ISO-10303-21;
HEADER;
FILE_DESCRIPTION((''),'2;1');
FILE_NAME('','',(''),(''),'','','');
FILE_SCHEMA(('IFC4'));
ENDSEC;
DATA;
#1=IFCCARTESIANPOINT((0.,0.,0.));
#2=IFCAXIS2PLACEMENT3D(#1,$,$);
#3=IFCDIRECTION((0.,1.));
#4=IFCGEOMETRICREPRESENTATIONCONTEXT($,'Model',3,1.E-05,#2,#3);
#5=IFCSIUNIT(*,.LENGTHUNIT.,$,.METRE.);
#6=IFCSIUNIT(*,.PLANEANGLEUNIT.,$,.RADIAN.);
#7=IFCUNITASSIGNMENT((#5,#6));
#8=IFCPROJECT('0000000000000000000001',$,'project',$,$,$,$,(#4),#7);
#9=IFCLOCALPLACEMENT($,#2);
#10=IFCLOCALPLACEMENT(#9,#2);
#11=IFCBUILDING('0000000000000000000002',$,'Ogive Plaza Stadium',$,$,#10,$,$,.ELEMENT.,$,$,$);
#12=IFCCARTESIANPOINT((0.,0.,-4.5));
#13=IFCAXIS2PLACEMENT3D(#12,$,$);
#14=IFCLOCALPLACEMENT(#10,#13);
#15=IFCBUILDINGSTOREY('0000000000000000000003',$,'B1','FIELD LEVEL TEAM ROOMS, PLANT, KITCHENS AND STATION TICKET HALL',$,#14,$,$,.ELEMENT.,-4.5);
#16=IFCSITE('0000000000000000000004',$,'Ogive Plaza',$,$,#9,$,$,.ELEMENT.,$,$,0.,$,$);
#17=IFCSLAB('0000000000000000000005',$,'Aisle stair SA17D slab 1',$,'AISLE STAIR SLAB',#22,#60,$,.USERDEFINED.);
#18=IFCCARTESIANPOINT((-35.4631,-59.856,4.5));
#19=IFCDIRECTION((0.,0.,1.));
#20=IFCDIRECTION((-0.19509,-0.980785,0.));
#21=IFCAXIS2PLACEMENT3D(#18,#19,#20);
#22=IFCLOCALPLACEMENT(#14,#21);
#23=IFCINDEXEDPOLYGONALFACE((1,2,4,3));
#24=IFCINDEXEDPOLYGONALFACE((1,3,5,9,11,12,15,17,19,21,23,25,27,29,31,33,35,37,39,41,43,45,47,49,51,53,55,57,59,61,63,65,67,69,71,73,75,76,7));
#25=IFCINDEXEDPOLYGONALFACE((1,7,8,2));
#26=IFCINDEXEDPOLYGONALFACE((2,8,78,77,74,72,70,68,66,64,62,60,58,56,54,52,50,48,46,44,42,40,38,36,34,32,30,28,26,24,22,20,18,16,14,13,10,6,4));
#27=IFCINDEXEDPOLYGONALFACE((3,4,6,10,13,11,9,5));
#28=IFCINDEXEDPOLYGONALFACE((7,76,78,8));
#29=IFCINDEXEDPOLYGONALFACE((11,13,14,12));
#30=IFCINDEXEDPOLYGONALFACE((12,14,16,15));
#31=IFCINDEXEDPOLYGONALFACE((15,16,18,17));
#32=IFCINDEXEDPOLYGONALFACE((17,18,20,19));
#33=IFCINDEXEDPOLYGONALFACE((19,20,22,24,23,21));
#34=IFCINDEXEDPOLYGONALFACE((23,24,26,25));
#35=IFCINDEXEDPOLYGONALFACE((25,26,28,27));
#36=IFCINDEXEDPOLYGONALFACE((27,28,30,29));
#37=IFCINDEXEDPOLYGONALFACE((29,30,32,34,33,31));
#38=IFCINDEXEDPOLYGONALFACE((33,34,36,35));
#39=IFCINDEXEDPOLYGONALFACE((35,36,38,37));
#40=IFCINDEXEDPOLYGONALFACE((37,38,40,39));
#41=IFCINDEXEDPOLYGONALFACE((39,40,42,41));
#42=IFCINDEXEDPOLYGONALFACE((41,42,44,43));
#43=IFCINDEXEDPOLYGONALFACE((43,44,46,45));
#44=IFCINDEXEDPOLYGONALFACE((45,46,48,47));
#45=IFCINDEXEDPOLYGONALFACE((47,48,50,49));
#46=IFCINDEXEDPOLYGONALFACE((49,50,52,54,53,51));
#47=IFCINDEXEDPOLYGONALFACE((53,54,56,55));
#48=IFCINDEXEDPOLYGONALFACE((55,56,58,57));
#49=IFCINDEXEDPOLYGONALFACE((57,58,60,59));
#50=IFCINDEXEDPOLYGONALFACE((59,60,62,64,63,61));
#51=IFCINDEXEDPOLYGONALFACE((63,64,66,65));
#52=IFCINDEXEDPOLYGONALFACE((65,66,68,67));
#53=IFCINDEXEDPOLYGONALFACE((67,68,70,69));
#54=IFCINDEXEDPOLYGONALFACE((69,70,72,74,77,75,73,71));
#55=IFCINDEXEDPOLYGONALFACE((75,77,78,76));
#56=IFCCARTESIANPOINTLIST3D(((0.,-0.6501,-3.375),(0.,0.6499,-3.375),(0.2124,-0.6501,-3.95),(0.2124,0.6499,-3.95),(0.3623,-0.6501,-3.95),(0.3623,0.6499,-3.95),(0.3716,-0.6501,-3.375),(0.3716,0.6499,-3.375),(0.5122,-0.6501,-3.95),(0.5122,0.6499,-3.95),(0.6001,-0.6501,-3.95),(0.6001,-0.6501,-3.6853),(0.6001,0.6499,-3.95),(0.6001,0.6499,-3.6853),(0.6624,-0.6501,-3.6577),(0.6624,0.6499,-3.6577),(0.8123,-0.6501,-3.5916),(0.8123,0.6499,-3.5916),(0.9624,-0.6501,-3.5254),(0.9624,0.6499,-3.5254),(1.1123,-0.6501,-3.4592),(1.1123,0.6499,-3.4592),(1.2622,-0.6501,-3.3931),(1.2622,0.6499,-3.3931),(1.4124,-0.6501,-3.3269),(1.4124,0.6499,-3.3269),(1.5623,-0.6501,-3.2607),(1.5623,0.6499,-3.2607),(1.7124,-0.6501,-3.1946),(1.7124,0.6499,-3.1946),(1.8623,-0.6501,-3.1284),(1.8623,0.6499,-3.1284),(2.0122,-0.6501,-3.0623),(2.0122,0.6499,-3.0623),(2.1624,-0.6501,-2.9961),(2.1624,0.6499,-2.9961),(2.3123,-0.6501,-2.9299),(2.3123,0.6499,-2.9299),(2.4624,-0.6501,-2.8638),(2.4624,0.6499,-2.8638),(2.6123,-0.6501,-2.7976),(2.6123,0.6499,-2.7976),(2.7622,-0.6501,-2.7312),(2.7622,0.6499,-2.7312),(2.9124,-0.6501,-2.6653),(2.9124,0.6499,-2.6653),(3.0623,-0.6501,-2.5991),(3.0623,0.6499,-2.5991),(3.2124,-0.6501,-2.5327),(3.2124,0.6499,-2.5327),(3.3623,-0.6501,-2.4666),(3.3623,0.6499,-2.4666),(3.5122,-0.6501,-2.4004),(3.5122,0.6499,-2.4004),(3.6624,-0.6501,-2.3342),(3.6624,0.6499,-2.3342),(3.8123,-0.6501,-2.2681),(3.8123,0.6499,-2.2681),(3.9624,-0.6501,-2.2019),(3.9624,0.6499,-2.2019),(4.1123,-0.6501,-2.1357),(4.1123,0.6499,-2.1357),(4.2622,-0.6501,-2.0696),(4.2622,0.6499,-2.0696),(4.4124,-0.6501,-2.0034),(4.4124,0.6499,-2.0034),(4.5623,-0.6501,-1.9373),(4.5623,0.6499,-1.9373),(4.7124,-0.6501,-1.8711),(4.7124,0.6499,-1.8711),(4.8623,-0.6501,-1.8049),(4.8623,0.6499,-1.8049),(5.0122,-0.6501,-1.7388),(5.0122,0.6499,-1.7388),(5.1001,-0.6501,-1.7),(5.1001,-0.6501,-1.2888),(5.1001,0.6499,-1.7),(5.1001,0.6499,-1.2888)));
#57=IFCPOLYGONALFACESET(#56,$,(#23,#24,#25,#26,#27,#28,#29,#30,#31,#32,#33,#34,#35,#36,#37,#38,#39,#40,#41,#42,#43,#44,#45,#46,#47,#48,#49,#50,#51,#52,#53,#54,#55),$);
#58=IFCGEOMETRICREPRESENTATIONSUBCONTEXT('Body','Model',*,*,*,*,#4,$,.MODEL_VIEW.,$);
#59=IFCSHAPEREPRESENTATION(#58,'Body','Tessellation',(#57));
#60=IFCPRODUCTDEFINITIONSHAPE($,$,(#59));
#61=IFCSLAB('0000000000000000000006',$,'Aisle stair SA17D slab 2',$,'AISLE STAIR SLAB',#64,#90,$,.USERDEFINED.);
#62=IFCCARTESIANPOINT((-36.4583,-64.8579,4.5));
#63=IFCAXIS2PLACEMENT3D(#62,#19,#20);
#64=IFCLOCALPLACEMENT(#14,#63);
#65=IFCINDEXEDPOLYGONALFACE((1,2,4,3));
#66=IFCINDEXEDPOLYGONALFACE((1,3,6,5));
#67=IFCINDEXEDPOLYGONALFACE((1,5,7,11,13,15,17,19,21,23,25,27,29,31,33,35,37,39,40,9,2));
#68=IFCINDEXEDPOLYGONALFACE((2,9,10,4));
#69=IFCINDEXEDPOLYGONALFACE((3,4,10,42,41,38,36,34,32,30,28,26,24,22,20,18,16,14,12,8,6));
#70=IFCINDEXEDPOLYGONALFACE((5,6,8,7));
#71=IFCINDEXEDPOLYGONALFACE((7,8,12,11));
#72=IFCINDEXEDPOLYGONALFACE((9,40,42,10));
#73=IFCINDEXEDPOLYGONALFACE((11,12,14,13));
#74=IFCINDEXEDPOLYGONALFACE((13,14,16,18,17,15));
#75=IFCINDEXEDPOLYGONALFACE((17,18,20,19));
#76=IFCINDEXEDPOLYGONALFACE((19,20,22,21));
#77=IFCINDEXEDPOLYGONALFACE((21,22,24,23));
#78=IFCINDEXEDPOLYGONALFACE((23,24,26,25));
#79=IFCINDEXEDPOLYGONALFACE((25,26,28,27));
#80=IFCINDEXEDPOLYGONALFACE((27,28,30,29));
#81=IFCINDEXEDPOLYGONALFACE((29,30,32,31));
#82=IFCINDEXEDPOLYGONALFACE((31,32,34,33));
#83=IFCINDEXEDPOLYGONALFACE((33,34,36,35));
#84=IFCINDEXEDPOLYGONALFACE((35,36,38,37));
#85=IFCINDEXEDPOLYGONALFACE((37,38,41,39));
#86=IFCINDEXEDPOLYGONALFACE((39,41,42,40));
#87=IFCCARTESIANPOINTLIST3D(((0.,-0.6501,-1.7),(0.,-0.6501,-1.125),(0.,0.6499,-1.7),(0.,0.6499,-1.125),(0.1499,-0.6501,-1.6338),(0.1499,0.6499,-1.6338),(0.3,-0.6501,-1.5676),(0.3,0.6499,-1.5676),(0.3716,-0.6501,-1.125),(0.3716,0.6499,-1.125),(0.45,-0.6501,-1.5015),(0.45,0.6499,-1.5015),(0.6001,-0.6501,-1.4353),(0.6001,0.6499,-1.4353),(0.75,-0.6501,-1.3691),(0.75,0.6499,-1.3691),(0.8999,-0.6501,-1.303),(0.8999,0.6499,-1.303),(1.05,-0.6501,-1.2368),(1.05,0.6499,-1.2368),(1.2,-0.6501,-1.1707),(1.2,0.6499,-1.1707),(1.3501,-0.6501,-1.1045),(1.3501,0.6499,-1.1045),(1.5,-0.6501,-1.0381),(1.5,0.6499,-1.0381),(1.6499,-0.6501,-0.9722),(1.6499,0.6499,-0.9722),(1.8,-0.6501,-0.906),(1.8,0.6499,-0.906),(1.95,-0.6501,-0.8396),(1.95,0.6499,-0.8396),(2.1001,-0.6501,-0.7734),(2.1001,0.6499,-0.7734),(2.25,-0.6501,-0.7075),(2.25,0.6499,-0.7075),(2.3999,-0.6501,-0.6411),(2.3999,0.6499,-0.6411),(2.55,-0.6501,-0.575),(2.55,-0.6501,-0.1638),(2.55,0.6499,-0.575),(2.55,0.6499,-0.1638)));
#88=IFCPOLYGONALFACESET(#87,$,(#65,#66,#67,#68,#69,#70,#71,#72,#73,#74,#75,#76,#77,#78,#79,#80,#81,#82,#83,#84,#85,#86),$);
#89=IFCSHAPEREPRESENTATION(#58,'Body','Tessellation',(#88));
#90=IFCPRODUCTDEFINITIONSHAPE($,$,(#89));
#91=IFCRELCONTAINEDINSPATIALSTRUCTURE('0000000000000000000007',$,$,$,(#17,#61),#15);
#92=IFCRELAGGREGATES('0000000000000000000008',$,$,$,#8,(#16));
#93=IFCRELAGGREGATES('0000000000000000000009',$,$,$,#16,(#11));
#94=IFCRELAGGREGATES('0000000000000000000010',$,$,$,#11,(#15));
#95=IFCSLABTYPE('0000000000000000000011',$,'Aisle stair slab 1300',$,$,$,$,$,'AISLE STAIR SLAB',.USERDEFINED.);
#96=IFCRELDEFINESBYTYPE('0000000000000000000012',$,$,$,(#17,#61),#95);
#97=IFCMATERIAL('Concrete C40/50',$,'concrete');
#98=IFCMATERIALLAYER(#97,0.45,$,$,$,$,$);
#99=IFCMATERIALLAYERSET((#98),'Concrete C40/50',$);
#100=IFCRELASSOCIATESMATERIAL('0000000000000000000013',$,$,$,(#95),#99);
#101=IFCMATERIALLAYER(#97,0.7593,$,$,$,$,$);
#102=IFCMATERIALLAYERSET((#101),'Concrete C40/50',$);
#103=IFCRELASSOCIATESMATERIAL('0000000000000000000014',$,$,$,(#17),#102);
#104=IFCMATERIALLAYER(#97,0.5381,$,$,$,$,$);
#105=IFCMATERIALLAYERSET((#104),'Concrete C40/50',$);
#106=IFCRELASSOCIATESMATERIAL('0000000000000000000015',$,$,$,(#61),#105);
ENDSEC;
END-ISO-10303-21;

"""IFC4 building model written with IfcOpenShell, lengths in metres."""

from ifc_helpers import new_model, si_unit, direction, frame, origin, place, context, subcontext, project, spatial, polyline, outline, extrude, material, layer, layer_set, type_object, element, save


model = new_model("IFC4")

# Units and contexts
model_context = context("Model", 3, precision=1e-05, world=origin(), true_north=direction((0.0, 1.0)))
body_context = subcontext(model_context, "Body", "Model", "MODEL_VIEW")
ifc_project = project(units=[si_unit("LENGTHUNIT", "METRE"), si_unit("PLANEANGLEUNIT", "RADIAN")], contexts=[model_context])

# Site, building, storey
site_placement = place(None, origin())
site = spatial("IfcSite", under=ifc_project, at=site_placement, Name="Ogive Plaza", CompositionType="ELEMENT", RefElevation=0.0)
building_placement = place(site_placement, origin())
building = spatial("IfcBuilding", under=site, at=building_placement, Name="Ogive Plaza Stadium", CompositionType="ELEMENT")
storey_placement = place(building_placement, frame((0.0, 0.0, -4.5)))
storey = spatial("IfcBuildingStorey", under=building, at=storey_placement, Name="B1", Description="FIELD LEVEL TEAM ROOMS, PLANT, KITCHENS AND STATION TICKET HALL", CompositionType="ELEMENT", Elevation=-4.5)

# Slabs
ifc_material_1 = material(Name="Concrete C40/50", Category="concrete")
ifc_layer_1 = layer(ifc_material_1, 0.7593)
ifc_layer_set_1 = layer_set([ifc_layer_1], Name="Concrete C40/50")
ifc_layer_2 = layer(ifc_material_1, 0.45)
ifc_layer_set_2 = layer_set([ifc_layer_2], Name="Concrete C40/50")
slab_type = type_object("IfcSlabType", Name="Aisle stair slab 1300", ElementType="AISLE STAIR SLAB", PredefinedType="USERDEFINED", material=ifc_layer_set_2)
slab_1_placement = place(storey_placement, frame((-35.4631, -59.856, 4.5), z_axis=(0.0, 0.0, 1.0), x_axis=(-0.19509, -0.980785, 0.0)))
element("IfcSlab", 1, at=slab_1_placement, inside=storey, type_object=slab_type, material=ifc_layer_set_1, Name="Aisle stair SA17D slab 1", ObjectType="AISLE STAIR SLAB", PredefinedType="USERDEFINED", context=body_context, shape_type="SweptSolid", body=[
    extrude(outline(polyline([(0.0, -3.375), (0.3716, -3.375), (5.1001, -1.2888), (5.1001, -1.7), (5.0122, -1.7388), (4.8623, -1.8049), (4.7124, -1.8711), (4.5623, -1.9373), (4.4124, -2.0034), (4.2622, -2.0696), (4.1123, -2.1357), (3.9624, -2.2019), (3.8123, -2.2681), (3.6624, -2.3342), (3.5122, -2.4004), (3.3623, -2.4666), (3.2124, -2.5327), (3.0623, -2.5991), (2.9124, -2.6653), (2.7622, -2.7312), (2.6123, -2.7976), (2.4624, -2.8638), (2.3123, -2.9299), (2.1624, -2.9961), (2.0122, -3.0623), (1.8623, -3.1284), (1.7124, -3.1946), (1.5623, -3.2607), (1.4124, -3.3269), (1.2622, -3.3931), (1.1123, -3.4592), (0.9624, -3.5254), (0.8123, -3.5916), (0.6624, -3.6577), (0.6001, -3.6853), (0.6001, -3.95), (0.5122, -3.95), (0.3623, -3.95), (0.2124, -3.95), (0.0, -3.375)])), frame((0.0, 0.6499, 0.0), z_axis=(0.0, -1.0, 0.0), x_axis=(1.0, 0.0, 0.0)), (0.0, 0.0, 1.0), 1.3),
])
ifc_layer_3 = layer(ifc_material_1, 0.5381)
ifc_layer_set_3 = layer_set([ifc_layer_3], Name="Concrete C40/50")
slab_2_placement = place(storey_placement, frame((-36.4583, -64.8579, 4.5), z_axis=(0.0, 0.0, 1.0), x_axis=(-0.19509, -0.980785, 0.0)))
element("IfcSlab", 2, at=slab_2_placement, inside=storey, type_object=slab_type, material=ifc_layer_set_3, Name="Aisle stair SA17D slab 2", ObjectType="AISLE STAIR SLAB", PredefinedType="USERDEFINED", context=body_context, shape_type="SweptSolid", body=[
    extrude(outline(polyline([(0.0, -1.125), (0.3716, -1.125), (2.55, -0.1638), (2.55, -0.575), (2.3999, -0.6411), (2.25, -0.7075), (2.1001, -0.7734), (1.95, -0.8396), (1.8, -0.906), (1.6499, -0.9722), (1.5, -1.0381), (1.3501, -1.1045), (1.2, -1.1707), (1.05, -1.2368), (0.8999, -1.303), (0.75, -1.3691), (0.6001, -1.4353), (0.45, -1.5015), (0.3, -1.5676), (0.1499, -1.6338), (0.0, -1.7), (0.0, -1.125)])), frame((0.0, 0.6499, 0.0), z_axis=(0.0, -1.0, 0.0), x_axis=(1.0, 0.0, 0.0)), (0.0, 0.0, 1.0), 1.3),
])

save(model, "model.ifc")
